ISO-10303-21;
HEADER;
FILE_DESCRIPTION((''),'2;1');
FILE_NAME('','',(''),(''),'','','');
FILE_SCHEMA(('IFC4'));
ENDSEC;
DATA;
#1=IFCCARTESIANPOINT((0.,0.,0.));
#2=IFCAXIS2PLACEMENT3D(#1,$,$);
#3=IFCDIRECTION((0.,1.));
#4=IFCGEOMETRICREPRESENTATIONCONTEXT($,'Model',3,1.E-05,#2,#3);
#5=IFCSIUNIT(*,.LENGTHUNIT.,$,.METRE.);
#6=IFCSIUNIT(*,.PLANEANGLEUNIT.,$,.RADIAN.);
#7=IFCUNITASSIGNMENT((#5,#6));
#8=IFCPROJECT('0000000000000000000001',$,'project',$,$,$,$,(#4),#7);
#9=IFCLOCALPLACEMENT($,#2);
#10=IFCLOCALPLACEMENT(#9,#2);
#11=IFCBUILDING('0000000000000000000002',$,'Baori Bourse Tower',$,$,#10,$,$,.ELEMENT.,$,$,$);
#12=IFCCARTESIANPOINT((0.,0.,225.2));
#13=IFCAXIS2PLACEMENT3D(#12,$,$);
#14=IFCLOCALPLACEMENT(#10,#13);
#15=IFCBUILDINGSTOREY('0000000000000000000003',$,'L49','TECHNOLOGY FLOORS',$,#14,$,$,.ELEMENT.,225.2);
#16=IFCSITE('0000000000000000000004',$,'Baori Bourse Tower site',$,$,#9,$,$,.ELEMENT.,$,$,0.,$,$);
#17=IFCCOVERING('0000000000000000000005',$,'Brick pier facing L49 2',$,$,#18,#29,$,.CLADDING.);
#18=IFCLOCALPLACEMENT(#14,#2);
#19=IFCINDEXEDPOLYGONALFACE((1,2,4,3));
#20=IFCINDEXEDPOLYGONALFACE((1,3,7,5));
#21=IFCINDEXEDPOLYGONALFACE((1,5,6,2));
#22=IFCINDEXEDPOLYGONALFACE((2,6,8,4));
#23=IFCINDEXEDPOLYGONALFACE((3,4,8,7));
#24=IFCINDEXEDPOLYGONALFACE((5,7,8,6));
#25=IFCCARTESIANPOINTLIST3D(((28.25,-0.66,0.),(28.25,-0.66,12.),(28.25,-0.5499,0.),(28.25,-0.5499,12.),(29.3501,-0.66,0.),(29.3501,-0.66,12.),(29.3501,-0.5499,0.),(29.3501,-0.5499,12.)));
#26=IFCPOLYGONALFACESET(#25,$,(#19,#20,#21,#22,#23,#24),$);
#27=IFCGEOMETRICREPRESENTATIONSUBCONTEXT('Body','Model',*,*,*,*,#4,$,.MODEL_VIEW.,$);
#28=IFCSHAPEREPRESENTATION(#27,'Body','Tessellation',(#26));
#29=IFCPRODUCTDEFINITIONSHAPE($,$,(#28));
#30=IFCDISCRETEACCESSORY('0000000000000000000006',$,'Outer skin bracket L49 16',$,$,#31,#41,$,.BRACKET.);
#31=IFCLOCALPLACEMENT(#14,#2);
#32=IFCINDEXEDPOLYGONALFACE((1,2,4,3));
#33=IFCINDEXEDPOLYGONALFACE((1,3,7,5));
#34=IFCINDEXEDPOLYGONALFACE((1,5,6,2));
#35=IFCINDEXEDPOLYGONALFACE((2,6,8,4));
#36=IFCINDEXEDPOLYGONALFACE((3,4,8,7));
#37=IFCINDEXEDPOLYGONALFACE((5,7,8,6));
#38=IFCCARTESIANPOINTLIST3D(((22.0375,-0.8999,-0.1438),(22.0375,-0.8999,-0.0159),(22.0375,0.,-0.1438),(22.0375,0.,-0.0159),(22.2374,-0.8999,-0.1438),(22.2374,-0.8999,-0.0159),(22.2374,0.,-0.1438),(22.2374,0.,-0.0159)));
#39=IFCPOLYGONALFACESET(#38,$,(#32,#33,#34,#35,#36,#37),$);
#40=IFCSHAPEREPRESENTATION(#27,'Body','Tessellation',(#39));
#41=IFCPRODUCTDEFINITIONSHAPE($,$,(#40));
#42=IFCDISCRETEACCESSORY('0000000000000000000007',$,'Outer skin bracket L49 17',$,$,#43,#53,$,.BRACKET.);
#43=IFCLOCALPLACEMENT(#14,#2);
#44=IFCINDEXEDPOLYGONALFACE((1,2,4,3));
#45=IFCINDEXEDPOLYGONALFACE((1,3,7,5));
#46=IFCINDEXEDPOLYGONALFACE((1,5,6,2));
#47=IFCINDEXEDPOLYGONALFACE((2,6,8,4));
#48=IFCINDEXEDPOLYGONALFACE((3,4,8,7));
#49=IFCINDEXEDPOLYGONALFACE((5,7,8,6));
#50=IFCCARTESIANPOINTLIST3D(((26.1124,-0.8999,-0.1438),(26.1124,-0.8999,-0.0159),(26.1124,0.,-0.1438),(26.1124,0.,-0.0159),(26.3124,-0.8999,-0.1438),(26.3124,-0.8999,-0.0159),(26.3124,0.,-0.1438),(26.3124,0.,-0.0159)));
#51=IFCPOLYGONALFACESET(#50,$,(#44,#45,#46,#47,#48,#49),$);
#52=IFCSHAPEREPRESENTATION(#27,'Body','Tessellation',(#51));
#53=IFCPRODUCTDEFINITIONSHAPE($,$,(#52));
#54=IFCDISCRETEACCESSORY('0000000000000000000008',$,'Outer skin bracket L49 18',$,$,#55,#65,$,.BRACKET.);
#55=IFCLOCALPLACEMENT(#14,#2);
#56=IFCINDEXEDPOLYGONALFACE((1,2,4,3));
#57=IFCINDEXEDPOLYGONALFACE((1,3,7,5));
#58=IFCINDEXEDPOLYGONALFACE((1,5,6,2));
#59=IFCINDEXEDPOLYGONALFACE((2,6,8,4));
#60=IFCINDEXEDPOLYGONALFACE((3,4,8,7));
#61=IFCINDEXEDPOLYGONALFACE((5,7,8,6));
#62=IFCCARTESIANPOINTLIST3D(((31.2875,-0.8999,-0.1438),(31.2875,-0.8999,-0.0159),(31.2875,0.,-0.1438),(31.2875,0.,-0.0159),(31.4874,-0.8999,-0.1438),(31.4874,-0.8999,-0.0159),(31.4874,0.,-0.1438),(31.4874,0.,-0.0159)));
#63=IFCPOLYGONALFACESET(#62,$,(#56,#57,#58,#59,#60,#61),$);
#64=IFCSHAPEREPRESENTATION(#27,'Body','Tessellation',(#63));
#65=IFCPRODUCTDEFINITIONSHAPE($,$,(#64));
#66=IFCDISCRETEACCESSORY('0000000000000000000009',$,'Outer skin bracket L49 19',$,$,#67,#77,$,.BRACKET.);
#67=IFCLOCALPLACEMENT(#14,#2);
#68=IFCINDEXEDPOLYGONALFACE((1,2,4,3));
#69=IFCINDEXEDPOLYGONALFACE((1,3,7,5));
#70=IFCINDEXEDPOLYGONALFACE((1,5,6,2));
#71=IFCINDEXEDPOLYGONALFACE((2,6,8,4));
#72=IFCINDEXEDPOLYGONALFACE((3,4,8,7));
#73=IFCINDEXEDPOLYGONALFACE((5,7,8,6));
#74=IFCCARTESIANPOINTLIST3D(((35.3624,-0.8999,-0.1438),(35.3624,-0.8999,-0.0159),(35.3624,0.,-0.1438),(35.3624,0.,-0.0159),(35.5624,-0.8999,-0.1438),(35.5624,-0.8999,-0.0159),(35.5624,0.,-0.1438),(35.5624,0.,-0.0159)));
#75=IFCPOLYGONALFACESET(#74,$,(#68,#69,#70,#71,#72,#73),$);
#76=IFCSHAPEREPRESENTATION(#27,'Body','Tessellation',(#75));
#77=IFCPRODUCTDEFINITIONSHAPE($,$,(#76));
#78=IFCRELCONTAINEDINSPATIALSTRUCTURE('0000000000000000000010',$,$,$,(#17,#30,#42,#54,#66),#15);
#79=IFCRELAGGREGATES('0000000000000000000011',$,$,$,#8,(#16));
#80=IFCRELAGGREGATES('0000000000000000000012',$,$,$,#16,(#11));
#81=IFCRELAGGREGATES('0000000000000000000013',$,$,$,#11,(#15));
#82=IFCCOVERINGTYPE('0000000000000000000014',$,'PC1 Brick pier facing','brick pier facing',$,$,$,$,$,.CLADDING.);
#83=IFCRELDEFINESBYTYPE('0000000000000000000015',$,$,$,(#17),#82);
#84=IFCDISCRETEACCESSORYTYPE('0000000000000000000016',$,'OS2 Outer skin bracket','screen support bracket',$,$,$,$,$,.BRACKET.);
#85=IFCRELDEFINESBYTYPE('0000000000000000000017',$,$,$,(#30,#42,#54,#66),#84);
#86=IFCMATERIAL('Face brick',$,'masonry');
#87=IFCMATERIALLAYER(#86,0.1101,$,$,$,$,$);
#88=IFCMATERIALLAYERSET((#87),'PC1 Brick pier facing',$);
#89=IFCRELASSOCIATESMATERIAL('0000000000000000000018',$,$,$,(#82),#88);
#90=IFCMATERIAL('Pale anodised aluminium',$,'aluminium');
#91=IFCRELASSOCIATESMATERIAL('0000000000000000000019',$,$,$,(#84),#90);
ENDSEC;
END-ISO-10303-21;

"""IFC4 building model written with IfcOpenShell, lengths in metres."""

from ifc_helpers import new_model, si_unit, direction, frame, origin, origin_2d, place, context, subcontext, project, spatial, rectangle, extrude, material, layer, layer_set, type_object, element, save


model = new_model("IFC4")

# Units and contexts
model_context = context("Model", 3, precision=1e-05, world=origin(), true_north=direction((0.0, 1.0)))
body_context = subcontext(model_context, "Body", "Model", "MODEL_VIEW")
ifc_project = project(units=[si_unit("LENGTHUNIT", "METRE"), si_unit("PLANEANGLEUNIT", "RADIAN")], contexts=[model_context])

# Site, building, storey
site_placement = place(None, origin())
site = spatial("IfcSite", under=ifc_project, at=site_placement, Name="Baori Bourse Tower site", CompositionType="ELEMENT", RefElevation=0.0)
building_placement = place(site_placement, origin())
building = spatial("IfcBuilding", under=site, at=building_placement, Name="Baori Bourse Tower", CompositionType="ELEMENT")
storey_placement = place(building_placement, frame((0.0, 0.0, 225.2)))
storey = spatial("IfcBuildingStorey", under=building, at=storey_placement, Name="L49", Description="TECHNOLOGY FLOORS", CompositionType="ELEMENT", Elevation=225.2)

# Covering
ifc_material_1 = material(Name="Face brick", Category="masonry")
ifc_layer_1 = layer(ifc_material_1, 0.1101)
ifc_layer_set_1 = layer_set([ifc_layer_1], Name="PC1 Brick pier facing")
covering_type = type_object("IfcCoveringType", Name="PC1 Brick pier facing", Description="brick pier facing", PredefinedType="CLADDING", material=ifc_layer_set_1)
covering_placement = place(storey_placement, frame((28.8, -0.605, 0.0), z_axis=(0.0, 0.0, 1.0), x_axis=(1.0, 0.0, 0.0)))
element("IfcCovering", 1, at=covering_placement, inside=storey, type_object=covering_type, Name="Brick pier facing L49 2", PredefinedType="CLADDING", context=body_context, shape_type="SweptSolid", body=[
    extrude(rectangle(XDim=1.1001, YDim=0.1101, at=origin_2d()), origin(), (0.0, 0.0, 1.0), 12.0),
])

# Discrete accessories
ifc_material_2 = material(Name="Pale anodised aluminium", Category="aluminium")
discrete_accessory_type = type_object("IfcDiscreteAccessoryType", Name="OS2 Outer skin bracket", Description="screen support bracket", PredefinedType="BRACKET", material=ifc_material_2)
for number, where, z_axis, x_axis, name in (
    (2, (22.1375, -0.45, -0.1438), (0.0, 0.0, 1.0), (1.0, 0.0, 0.0), "Outer skin bracket L49 16"),
    (3, (26.2124, -0.45, -0.1438), (0.0, 0.0, 1.0), (1.0, 0.0, 0.0), "Outer skin bracket L49 17"),
    (4, (31.3875, -0.45, -0.1438), (0.0, 0.0, 1.0), (1.0, 0.0, 0.0), "Outer skin bracket L49 18"),
    (5, (35.4624, -0.45, -0.1438), (0.0, 0.0, 1.0), (1.0, 0.0, 0.0), "Outer skin bracket L49 19"),
):
    element("IfcDiscreteAccessory", number, at=place(storey_placement, frame(where, z_axis=z_axis, x_axis=x_axis)), inside=storey, type_object=discrete_accessory_type, Name=name, PredefinedType="BRACKET", context=body_context, shape_type="SweptSolid", body=[
        extrude(rectangle(XDim=0.2, YDim=0.8999, at=origin_2d()), origin(), (0.0, 0.0, 1.0), 0.1279),
    ])

save(model, "model.ifc")
